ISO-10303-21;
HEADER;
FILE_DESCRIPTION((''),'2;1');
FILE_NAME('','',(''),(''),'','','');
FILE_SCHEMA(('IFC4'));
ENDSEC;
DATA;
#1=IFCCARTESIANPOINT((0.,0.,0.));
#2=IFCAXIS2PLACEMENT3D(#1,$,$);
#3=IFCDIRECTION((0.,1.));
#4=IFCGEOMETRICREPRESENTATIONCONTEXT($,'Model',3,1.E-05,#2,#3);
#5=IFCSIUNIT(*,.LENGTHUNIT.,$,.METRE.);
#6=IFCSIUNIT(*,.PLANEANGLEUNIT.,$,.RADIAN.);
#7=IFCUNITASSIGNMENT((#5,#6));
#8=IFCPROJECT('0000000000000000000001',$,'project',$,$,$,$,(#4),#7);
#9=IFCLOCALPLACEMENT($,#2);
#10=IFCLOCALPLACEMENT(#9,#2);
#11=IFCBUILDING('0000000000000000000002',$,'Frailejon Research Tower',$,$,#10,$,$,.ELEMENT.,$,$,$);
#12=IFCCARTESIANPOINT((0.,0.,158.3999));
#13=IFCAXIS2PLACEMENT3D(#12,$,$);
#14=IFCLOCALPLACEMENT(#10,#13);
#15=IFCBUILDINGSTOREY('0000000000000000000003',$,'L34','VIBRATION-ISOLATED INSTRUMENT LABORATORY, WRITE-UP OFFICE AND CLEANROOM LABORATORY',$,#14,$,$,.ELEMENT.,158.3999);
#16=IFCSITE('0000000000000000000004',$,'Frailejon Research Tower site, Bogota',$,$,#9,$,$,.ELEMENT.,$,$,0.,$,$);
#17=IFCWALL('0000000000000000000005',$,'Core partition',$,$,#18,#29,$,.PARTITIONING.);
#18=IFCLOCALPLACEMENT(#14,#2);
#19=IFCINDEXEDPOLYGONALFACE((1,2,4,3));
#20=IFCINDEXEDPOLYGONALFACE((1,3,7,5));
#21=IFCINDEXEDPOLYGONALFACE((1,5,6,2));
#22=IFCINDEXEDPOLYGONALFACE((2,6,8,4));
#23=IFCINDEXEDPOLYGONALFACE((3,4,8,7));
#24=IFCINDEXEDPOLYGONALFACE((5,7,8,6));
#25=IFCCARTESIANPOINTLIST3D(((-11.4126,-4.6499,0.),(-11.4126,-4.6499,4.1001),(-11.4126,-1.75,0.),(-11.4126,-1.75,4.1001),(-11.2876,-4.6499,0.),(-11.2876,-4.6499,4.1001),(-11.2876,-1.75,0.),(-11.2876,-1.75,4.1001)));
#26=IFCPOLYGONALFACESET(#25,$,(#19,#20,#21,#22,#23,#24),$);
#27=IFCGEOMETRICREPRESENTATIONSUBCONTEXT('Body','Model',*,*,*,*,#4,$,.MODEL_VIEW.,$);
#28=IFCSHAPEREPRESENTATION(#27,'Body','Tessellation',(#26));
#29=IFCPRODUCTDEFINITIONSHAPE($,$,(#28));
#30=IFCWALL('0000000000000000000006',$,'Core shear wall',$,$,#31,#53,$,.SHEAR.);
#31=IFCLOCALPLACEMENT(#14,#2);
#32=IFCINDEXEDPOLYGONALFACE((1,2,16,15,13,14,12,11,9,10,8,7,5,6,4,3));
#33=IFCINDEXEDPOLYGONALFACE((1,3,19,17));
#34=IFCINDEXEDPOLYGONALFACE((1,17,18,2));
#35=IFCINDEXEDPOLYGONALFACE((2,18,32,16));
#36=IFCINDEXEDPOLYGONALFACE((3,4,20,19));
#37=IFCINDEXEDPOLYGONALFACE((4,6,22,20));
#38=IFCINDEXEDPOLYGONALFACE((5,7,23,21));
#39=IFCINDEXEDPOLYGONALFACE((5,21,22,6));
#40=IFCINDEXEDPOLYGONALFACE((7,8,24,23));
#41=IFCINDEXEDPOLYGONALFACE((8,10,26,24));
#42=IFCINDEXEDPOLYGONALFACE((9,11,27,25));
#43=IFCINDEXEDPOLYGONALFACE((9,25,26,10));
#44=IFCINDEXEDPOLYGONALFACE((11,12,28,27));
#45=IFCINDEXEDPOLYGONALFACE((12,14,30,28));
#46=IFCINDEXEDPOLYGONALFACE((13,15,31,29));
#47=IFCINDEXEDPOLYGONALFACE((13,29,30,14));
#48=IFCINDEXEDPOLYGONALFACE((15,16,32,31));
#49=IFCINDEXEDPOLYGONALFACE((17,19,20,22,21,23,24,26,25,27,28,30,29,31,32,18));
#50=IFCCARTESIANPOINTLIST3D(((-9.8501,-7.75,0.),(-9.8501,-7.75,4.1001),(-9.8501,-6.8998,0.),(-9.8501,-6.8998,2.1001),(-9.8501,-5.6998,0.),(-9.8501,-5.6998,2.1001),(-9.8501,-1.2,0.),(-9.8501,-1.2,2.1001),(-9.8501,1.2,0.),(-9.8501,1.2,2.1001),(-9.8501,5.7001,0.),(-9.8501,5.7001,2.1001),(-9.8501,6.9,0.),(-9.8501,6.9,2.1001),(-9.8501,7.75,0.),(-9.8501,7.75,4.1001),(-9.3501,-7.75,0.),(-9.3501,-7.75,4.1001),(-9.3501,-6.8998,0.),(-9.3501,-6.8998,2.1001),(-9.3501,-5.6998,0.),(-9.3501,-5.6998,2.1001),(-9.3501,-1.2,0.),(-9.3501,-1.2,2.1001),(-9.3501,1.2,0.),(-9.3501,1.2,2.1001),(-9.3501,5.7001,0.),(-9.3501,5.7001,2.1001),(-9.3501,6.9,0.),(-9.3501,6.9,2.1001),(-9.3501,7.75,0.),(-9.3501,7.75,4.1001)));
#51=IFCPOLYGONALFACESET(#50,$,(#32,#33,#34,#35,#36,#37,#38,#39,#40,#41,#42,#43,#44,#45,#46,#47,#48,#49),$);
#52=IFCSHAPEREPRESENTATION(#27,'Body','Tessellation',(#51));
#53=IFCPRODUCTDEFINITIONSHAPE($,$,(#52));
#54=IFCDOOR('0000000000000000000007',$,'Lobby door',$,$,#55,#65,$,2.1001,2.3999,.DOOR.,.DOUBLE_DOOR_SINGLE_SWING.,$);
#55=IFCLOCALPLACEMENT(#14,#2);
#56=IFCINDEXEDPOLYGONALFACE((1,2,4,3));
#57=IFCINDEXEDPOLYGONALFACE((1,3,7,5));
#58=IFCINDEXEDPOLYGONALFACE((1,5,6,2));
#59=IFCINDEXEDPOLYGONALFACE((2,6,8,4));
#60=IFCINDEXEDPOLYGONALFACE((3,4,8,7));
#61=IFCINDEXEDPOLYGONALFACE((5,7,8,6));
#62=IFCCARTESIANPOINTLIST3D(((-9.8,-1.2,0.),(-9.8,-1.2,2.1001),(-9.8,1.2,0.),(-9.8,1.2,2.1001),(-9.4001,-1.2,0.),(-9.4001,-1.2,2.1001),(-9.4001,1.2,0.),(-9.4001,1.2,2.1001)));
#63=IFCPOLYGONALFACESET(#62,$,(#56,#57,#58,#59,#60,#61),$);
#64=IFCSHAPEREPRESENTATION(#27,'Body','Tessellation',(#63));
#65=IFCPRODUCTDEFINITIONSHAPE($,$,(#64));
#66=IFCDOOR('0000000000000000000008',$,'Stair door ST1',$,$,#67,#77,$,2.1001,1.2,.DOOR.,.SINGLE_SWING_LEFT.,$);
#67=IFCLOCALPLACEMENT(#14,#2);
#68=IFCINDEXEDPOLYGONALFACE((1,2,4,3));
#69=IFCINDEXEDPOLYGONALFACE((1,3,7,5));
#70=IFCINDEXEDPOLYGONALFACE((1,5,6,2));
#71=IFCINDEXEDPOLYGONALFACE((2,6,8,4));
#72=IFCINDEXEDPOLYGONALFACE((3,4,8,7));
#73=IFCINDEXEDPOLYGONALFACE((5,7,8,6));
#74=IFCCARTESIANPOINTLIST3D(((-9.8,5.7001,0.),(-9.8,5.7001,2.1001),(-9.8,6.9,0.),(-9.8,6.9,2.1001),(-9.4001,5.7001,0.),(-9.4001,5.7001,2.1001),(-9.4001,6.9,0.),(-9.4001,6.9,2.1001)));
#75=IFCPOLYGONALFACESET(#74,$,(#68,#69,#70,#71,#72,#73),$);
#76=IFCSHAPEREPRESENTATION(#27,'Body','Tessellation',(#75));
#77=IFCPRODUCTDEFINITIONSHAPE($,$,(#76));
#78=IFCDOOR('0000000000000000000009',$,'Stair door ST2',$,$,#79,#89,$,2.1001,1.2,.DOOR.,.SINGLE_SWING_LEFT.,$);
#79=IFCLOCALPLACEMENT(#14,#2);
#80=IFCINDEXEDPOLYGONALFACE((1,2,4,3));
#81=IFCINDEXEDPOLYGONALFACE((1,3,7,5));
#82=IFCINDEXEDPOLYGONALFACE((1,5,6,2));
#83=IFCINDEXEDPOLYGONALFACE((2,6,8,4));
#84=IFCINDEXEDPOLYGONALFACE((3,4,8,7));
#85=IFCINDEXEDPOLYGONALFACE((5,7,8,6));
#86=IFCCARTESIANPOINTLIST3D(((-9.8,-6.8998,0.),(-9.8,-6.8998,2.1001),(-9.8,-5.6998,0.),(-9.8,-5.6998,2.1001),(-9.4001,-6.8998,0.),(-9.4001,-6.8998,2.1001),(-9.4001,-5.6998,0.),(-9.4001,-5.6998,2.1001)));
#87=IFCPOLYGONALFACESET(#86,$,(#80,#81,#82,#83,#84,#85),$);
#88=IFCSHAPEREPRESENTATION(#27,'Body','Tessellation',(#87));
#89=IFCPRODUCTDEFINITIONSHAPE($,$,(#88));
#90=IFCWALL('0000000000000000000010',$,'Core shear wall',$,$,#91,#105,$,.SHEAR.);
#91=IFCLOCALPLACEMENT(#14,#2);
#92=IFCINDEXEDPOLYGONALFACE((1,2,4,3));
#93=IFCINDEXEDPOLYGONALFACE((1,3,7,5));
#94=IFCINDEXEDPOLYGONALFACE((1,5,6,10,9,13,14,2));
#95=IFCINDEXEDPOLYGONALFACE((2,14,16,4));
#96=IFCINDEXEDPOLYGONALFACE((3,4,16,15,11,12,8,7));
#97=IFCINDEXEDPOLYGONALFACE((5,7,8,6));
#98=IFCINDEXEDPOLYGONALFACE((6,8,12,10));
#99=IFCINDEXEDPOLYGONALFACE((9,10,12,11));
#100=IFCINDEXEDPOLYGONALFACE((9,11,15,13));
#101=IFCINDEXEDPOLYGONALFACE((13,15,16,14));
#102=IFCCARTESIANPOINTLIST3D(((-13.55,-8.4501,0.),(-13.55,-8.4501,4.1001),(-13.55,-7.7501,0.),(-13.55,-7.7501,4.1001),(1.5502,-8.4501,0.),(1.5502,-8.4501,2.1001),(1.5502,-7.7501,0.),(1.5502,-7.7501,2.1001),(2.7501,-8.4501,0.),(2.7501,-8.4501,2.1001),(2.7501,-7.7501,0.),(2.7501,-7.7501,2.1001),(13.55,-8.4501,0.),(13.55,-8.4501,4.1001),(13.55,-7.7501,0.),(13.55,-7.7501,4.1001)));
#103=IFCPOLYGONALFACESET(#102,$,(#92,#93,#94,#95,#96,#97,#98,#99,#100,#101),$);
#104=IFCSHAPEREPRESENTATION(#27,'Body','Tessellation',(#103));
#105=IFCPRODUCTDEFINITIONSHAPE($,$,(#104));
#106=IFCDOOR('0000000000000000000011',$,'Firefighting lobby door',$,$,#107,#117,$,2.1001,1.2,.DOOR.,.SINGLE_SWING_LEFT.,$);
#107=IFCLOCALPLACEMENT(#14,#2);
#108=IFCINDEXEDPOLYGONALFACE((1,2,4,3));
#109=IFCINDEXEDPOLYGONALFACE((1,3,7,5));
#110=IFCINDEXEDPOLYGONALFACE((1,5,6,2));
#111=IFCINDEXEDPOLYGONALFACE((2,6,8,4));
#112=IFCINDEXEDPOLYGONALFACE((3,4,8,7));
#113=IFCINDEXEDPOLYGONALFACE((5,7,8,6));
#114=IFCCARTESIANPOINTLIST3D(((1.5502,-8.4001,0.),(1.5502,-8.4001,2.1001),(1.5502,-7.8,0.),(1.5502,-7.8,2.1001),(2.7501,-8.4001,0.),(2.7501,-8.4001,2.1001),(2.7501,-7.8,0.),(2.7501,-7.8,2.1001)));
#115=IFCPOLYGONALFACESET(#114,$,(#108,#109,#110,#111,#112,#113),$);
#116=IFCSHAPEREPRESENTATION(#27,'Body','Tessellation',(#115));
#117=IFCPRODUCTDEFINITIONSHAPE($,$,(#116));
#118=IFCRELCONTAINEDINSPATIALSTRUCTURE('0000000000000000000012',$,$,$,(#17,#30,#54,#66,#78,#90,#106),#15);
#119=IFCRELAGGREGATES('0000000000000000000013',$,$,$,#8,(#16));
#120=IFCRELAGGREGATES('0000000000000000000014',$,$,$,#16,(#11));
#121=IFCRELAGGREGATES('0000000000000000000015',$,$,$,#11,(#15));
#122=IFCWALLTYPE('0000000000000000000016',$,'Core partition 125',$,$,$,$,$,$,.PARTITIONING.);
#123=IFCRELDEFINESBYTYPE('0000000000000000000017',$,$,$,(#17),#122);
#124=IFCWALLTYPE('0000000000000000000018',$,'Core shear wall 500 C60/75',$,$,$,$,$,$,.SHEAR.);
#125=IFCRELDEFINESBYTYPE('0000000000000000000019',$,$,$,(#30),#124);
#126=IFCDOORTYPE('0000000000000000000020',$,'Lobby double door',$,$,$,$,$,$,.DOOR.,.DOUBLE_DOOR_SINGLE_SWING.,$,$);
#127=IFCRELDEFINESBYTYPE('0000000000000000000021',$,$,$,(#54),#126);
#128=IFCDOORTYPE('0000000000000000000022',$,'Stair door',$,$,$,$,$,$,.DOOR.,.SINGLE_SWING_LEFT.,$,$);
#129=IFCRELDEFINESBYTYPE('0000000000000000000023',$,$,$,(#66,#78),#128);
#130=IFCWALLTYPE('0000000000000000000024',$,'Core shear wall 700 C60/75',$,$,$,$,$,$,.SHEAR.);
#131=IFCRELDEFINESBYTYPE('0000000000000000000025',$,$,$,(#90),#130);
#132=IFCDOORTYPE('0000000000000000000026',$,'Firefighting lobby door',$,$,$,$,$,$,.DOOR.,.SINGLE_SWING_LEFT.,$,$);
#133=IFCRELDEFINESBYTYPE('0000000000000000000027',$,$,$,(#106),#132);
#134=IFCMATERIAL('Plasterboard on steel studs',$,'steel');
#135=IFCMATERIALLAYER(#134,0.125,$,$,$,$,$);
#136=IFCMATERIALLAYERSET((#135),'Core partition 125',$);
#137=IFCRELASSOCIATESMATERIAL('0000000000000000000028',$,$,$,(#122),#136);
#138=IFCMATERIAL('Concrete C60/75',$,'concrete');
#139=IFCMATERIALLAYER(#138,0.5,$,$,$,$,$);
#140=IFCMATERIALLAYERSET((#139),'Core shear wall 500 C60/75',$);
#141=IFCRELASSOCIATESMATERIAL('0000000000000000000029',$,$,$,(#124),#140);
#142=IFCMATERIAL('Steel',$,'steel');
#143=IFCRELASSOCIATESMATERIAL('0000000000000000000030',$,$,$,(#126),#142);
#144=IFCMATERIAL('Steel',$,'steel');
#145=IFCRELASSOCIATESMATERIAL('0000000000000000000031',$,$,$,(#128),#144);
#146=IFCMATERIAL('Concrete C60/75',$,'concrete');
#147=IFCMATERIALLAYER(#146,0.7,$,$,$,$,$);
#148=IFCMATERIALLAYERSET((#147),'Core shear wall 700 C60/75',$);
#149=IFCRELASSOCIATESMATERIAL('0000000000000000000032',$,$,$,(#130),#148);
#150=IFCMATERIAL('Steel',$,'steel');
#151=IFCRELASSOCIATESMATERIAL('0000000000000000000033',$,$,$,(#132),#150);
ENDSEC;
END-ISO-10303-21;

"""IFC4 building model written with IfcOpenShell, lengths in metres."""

from ifc_helpers import new_model, si_unit, direction, frame, frame_2d, origin, place, context, subcontext, project, spatial, rectangle, extrude, material, layer, layer_set, type_object, element, fill, save


model = new_model("IFC4")

# Units and contexts
model_context = context("Model", 3, precision=1e-05, world=origin(), true_north=direction((0.0, 1.0)))
body_context = subcontext(model_context, "Body", "Model", "MODEL_VIEW")
ifc_project = project(units=[si_unit("LENGTHUNIT", "METRE"), si_unit("PLANEANGLEUNIT", "RADIAN")], contexts=[model_context])

# Site, building, storey
site_placement = place(None, origin())
site = spatial("IfcSite", under=ifc_project, at=site_placement, Name="Frailejon Research Tower site, Bogota", CompositionType="ELEMENT", RefElevation=0.0)
building_placement = place(site_placement, origin())
building = spatial("IfcBuilding", under=site, at=building_placement, Name="Frailejon Research Tower", CompositionType="ELEMENT")
storey_placement = place(building_placement, frame((0.0, 0.0, 158.3999)))
storey = spatial("IfcBuildingStorey", under=building, at=storey_placement, Name="L34", Description="VIBRATION-ISOLATED INSTRUMENT LABORATORY, WRITE-UP OFFICE AND CLEANROOM LABORATORY", CompositionType="ELEMENT", Elevation=158.3999)

# Wall
ifc_material_1 = material(Name="Plasterboard on steel studs", Category="steel")
ifc_layer_1 = layer(ifc_material_1, 0.125)
ifc_layer_set_1 = layer_set([ifc_layer_1], Name="Core partition 125")
wall_type_1 = type_object("IfcWallType", Name="Core partition 125", PredefinedType="PARTITIONING", material=ifc_layer_set_1)
wall_1_placement = place(storey_placement, frame((-11.3501, -4.6499, 0.0), z_axis=(0.0, 0.0, 1.0), x_axis=(0.0, 1.0, 0.0)))
element("IfcWall", 1, at=wall_1_placement, inside=storey, type_object=wall_type_1, Name="Core partition", PredefinedType="PARTITIONING", context=body_context, shape_type="SweptSolid", body=[
    extrude(rectangle(XDim=2.8999, YDim=0.125, at=frame_2d((1.45, 0.0))), origin(), (0.0, 0.0, 1.0), 4.1001),
])

# Wall, openings, doors
ifc_material_2 = material(Name="Concrete C60/75", Category="concrete")
ifc_layer_2 = layer(ifc_material_2, 0.5)
ifc_layer_set_2 = layer_set([ifc_layer_2], Name="Core shear wall 500 C60/75")
wall_type_2 = type_object("IfcWallType", Name="Core shear wall 500 C60/75", PredefinedType="SHEAR", material=ifc_layer_set_2)
wall_2_placement = place(storey_placement, frame((-9.6001, -7.75, 0.0), z_axis=(0.0, 0.0, 1.0), x_axis=(0.0, 1.0, 0.0)))
wall_2 = element("IfcWall", 2, at=wall_2_placement, inside=storey, type_object=wall_type_2, Name="Core shear wall", PredefinedType="SHEAR", context=body_context, shape_type="SweptSolid", body=[
    extrude(rectangle(XDim=15.5, YDim=0.5, at=frame_2d((7.75, 0.0))), origin(), (0.0, 0.0, 1.0), 4.1001),
])
opening_1_placement = place(wall_2_placement, frame((6.55, 0.0, 0.0)))
opening_1 = element("IfcOpeningElement", 3, at=opening_1_placement, cuts=wall_2, PredefinedType="OPENING", context=body_context, shape_type="SweptSolid", body=[
    extrude(rectangle(XDim=2.3999, YDim=2.1001, at=frame_2d((1.2, 1.05))), frame((0.0, 0.26, 0.0), z_axis=(0.0, -1.0, 0.0), x_axis=(1.0, 0.0, 0.0)), (0.0, 0.0, 1.0), 0.52),
])
opening_2_placement = place(wall_2_placement, frame((13.45, 0.0, 0.0)))
opening_2 = element("IfcOpeningElement", 4, at=opening_2_placement, cuts=wall_2, PredefinedType="OPENING", context=body_context, shape_type="SweptSolid", body=[
    extrude(rectangle(XDim=1.2, YDim=2.1001, at=frame_2d((0.6001, 1.05))), frame((0.0, 0.26, 0.0), z_axis=(0.0, -1.0, 0.0), x_axis=(1.0, 0.0, 0.0)), (0.0, 0.0, 1.0), 0.52),
])
opening_3_placement = place(wall_2_placement, frame((0.8501, 0.0, 0.0)))
opening_3 = element("IfcOpeningElement", 5, at=opening_3_placement, cuts=wall_2, PredefinedType="OPENING", context=body_context, shape_type="SweptSolid", body=[
    extrude(rectangle(XDim=1.2, YDim=2.1001, at=frame_2d((0.6001, 1.05))), frame((0.0, 0.26, 0.0), z_axis=(0.0, -1.0, 0.0), x_axis=(1.0, 0.0, 0.0)), (0.0, 0.0, 1.0), 0.52),
])
ifc_material_3 = material(Name="Steel", Category="steel")
door_type_1 = type_object("IfcDoorType", Name="Lobby double door", OperationType="DOUBLE_DOOR_SINGLE_SWING", PredefinedType="DOOR", material=ifc_material_3)
door_1_placement = place(opening_1_placement, origin())
door_1 = element("IfcDoor", 6, at=door_1_placement, inside=storey, type_object=door_type_1, Name="Lobby door", OperationType="DOUBLE_DOOR_SINGLE_SWING", OverallHeight=2.1001, OverallWidth=2.3999, PredefinedType="DOOR", context=body_context, shape_type="SweptSolid", body=[
    extrude(rectangle(XDim=2.3999, YDim=2.1001, at=frame_2d((1.2, 1.05))), frame((0.0, 0.2, 0.0), z_axis=(0.0, -1.0, 0.0), x_axis=(1.0, 0.0, 0.0)), (0.0, 0.0, 1.0), 0.3999),
])
fill(opening_1, door_1)
ifc_material_4 = material(Name="Steel", Category="steel")
door_type_2 = type_object("IfcDoorType", Name="Stair door", OperationType="SINGLE_SWING_LEFT", PredefinedType="DOOR", material=ifc_material_4)
door_2_placement = place(opening_2_placement, origin())
door_2 = element("IfcDoor", 7, at=door_2_placement, inside=storey, type_object=door_type_2, Name="Stair door ST1", OperationType="SINGLE_SWING_LEFT", OverallHeight=2.1001, OverallWidth=1.2, PredefinedType="DOOR", context=body_context, shape_type="SweptSolid", body=[
    extrude(rectangle(XDim=1.2, YDim=2.1001, at=frame_2d((0.6001, 1.05))), frame((0.0, 0.2, 0.0), z_axis=(0.0, -1.0, 0.0), x_axis=(1.0, 0.0, 0.0)), (0.0, 0.0, 1.0), 0.3999),
])
fill(opening_2, door_2)
door_3_placement = place(opening_3_placement, origin())
door_3 = element("IfcDoor", 8, at=door_3_placement, inside=storey, type_object=door_type_2, Name="Stair door ST2", OperationType="SINGLE_SWING_LEFT", OverallHeight=2.1001, OverallWidth=1.2, PredefinedType="DOOR", context=body_context, shape_type="SweptSolid", body=[
    extrude(rectangle(XDim=1.2, YDim=2.1001, at=frame_2d((0.6001, 1.05))), frame((0.0, 0.2, 0.0), z_axis=(0.0, -1.0, 0.0), x_axis=(1.0, 0.0, 0.0)), (0.0, 0.0, 1.0), 0.3999),
])
fill(opening_3, door_3)

# Wall, opening, door
ifc_material_5 = material(Name="Concrete C60/75", Category="concrete")
ifc_layer_3 = layer(ifc_material_5, 0.7)
ifc_layer_set_3 = layer_set([ifc_layer_3], Name="Core shear wall 700 C60/75")
wall_type_3 = type_object("IfcWallType", Name="Core shear wall 700 C60/75", PredefinedType="SHEAR", material=ifc_layer_set_3)
wall_3_placement = place(storey_placement, frame((-13.55, -8.1001, 0.0), z_axis=(0.0, 0.0, 1.0), x_axis=(1.0, 0.0, 0.0)))
wall_3 = element("IfcWall", 9, at=wall_3_placement, inside=storey, type_object=wall_type_3, Name="Core shear wall", PredefinedType="SHEAR", context=body_context, shape_type="SweptSolid", body=[
    extrude(rectangle(XDim=27.1001, YDim=0.7, at=frame_2d((13.55, 0.0))), origin(), (0.0, 0.0, 1.0), 4.1001),
])
opening_4_placement = place(wall_3_placement, frame((15.1001, 0.0, 0.0)))
opening_4 = element("IfcOpeningElement", 10, at=opening_4_placement, cuts=wall_3, PredefinedType="OPENING", context=body_context, shape_type="SweptSolid", body=[
    extrude(rectangle(XDim=1.2, YDim=2.1001, at=frame_2d((0.6001, 1.05))), frame((0.0, 0.3599, 0.0), z_axis=(0.0, -1.0, 0.0), x_axis=(1.0, 0.0, 0.0)), (0.0, 0.0, 1.0), 0.72),
])
ifc_material_6 = material(Name="Steel", Category="steel")
door_type_3 = type_object("IfcDoorType", Name="Firefighting lobby door", OperationType="SINGLE_SWING_LEFT", PredefinedType="DOOR", material=ifc_material_6)
door_4_placement = place(opening_4_placement, origin())
door_4 = element("IfcDoor", 11, at=door_4_placement, inside=storey, type_object=door_type_3, Name="Firefighting lobby door", OperationType="SINGLE_SWING_LEFT", OverallHeight=2.1001, OverallWidth=1.2, PredefinedType="DOOR", context=body_context, shape_type="SweptSolid", body=[
    extrude(rectangle(XDim=1.2, YDim=2.1001, at=frame_2d((0.6001, 1.05))), frame((0.0, 0.3, 0.0), z_axis=(0.0, -1.0, 0.0), x_axis=(1.0, 0.0, 0.0)), (0.0, 0.0, 1.0), 0.6001),
])
fill(opening_4, door_4)

save(model, "model.ifc")
